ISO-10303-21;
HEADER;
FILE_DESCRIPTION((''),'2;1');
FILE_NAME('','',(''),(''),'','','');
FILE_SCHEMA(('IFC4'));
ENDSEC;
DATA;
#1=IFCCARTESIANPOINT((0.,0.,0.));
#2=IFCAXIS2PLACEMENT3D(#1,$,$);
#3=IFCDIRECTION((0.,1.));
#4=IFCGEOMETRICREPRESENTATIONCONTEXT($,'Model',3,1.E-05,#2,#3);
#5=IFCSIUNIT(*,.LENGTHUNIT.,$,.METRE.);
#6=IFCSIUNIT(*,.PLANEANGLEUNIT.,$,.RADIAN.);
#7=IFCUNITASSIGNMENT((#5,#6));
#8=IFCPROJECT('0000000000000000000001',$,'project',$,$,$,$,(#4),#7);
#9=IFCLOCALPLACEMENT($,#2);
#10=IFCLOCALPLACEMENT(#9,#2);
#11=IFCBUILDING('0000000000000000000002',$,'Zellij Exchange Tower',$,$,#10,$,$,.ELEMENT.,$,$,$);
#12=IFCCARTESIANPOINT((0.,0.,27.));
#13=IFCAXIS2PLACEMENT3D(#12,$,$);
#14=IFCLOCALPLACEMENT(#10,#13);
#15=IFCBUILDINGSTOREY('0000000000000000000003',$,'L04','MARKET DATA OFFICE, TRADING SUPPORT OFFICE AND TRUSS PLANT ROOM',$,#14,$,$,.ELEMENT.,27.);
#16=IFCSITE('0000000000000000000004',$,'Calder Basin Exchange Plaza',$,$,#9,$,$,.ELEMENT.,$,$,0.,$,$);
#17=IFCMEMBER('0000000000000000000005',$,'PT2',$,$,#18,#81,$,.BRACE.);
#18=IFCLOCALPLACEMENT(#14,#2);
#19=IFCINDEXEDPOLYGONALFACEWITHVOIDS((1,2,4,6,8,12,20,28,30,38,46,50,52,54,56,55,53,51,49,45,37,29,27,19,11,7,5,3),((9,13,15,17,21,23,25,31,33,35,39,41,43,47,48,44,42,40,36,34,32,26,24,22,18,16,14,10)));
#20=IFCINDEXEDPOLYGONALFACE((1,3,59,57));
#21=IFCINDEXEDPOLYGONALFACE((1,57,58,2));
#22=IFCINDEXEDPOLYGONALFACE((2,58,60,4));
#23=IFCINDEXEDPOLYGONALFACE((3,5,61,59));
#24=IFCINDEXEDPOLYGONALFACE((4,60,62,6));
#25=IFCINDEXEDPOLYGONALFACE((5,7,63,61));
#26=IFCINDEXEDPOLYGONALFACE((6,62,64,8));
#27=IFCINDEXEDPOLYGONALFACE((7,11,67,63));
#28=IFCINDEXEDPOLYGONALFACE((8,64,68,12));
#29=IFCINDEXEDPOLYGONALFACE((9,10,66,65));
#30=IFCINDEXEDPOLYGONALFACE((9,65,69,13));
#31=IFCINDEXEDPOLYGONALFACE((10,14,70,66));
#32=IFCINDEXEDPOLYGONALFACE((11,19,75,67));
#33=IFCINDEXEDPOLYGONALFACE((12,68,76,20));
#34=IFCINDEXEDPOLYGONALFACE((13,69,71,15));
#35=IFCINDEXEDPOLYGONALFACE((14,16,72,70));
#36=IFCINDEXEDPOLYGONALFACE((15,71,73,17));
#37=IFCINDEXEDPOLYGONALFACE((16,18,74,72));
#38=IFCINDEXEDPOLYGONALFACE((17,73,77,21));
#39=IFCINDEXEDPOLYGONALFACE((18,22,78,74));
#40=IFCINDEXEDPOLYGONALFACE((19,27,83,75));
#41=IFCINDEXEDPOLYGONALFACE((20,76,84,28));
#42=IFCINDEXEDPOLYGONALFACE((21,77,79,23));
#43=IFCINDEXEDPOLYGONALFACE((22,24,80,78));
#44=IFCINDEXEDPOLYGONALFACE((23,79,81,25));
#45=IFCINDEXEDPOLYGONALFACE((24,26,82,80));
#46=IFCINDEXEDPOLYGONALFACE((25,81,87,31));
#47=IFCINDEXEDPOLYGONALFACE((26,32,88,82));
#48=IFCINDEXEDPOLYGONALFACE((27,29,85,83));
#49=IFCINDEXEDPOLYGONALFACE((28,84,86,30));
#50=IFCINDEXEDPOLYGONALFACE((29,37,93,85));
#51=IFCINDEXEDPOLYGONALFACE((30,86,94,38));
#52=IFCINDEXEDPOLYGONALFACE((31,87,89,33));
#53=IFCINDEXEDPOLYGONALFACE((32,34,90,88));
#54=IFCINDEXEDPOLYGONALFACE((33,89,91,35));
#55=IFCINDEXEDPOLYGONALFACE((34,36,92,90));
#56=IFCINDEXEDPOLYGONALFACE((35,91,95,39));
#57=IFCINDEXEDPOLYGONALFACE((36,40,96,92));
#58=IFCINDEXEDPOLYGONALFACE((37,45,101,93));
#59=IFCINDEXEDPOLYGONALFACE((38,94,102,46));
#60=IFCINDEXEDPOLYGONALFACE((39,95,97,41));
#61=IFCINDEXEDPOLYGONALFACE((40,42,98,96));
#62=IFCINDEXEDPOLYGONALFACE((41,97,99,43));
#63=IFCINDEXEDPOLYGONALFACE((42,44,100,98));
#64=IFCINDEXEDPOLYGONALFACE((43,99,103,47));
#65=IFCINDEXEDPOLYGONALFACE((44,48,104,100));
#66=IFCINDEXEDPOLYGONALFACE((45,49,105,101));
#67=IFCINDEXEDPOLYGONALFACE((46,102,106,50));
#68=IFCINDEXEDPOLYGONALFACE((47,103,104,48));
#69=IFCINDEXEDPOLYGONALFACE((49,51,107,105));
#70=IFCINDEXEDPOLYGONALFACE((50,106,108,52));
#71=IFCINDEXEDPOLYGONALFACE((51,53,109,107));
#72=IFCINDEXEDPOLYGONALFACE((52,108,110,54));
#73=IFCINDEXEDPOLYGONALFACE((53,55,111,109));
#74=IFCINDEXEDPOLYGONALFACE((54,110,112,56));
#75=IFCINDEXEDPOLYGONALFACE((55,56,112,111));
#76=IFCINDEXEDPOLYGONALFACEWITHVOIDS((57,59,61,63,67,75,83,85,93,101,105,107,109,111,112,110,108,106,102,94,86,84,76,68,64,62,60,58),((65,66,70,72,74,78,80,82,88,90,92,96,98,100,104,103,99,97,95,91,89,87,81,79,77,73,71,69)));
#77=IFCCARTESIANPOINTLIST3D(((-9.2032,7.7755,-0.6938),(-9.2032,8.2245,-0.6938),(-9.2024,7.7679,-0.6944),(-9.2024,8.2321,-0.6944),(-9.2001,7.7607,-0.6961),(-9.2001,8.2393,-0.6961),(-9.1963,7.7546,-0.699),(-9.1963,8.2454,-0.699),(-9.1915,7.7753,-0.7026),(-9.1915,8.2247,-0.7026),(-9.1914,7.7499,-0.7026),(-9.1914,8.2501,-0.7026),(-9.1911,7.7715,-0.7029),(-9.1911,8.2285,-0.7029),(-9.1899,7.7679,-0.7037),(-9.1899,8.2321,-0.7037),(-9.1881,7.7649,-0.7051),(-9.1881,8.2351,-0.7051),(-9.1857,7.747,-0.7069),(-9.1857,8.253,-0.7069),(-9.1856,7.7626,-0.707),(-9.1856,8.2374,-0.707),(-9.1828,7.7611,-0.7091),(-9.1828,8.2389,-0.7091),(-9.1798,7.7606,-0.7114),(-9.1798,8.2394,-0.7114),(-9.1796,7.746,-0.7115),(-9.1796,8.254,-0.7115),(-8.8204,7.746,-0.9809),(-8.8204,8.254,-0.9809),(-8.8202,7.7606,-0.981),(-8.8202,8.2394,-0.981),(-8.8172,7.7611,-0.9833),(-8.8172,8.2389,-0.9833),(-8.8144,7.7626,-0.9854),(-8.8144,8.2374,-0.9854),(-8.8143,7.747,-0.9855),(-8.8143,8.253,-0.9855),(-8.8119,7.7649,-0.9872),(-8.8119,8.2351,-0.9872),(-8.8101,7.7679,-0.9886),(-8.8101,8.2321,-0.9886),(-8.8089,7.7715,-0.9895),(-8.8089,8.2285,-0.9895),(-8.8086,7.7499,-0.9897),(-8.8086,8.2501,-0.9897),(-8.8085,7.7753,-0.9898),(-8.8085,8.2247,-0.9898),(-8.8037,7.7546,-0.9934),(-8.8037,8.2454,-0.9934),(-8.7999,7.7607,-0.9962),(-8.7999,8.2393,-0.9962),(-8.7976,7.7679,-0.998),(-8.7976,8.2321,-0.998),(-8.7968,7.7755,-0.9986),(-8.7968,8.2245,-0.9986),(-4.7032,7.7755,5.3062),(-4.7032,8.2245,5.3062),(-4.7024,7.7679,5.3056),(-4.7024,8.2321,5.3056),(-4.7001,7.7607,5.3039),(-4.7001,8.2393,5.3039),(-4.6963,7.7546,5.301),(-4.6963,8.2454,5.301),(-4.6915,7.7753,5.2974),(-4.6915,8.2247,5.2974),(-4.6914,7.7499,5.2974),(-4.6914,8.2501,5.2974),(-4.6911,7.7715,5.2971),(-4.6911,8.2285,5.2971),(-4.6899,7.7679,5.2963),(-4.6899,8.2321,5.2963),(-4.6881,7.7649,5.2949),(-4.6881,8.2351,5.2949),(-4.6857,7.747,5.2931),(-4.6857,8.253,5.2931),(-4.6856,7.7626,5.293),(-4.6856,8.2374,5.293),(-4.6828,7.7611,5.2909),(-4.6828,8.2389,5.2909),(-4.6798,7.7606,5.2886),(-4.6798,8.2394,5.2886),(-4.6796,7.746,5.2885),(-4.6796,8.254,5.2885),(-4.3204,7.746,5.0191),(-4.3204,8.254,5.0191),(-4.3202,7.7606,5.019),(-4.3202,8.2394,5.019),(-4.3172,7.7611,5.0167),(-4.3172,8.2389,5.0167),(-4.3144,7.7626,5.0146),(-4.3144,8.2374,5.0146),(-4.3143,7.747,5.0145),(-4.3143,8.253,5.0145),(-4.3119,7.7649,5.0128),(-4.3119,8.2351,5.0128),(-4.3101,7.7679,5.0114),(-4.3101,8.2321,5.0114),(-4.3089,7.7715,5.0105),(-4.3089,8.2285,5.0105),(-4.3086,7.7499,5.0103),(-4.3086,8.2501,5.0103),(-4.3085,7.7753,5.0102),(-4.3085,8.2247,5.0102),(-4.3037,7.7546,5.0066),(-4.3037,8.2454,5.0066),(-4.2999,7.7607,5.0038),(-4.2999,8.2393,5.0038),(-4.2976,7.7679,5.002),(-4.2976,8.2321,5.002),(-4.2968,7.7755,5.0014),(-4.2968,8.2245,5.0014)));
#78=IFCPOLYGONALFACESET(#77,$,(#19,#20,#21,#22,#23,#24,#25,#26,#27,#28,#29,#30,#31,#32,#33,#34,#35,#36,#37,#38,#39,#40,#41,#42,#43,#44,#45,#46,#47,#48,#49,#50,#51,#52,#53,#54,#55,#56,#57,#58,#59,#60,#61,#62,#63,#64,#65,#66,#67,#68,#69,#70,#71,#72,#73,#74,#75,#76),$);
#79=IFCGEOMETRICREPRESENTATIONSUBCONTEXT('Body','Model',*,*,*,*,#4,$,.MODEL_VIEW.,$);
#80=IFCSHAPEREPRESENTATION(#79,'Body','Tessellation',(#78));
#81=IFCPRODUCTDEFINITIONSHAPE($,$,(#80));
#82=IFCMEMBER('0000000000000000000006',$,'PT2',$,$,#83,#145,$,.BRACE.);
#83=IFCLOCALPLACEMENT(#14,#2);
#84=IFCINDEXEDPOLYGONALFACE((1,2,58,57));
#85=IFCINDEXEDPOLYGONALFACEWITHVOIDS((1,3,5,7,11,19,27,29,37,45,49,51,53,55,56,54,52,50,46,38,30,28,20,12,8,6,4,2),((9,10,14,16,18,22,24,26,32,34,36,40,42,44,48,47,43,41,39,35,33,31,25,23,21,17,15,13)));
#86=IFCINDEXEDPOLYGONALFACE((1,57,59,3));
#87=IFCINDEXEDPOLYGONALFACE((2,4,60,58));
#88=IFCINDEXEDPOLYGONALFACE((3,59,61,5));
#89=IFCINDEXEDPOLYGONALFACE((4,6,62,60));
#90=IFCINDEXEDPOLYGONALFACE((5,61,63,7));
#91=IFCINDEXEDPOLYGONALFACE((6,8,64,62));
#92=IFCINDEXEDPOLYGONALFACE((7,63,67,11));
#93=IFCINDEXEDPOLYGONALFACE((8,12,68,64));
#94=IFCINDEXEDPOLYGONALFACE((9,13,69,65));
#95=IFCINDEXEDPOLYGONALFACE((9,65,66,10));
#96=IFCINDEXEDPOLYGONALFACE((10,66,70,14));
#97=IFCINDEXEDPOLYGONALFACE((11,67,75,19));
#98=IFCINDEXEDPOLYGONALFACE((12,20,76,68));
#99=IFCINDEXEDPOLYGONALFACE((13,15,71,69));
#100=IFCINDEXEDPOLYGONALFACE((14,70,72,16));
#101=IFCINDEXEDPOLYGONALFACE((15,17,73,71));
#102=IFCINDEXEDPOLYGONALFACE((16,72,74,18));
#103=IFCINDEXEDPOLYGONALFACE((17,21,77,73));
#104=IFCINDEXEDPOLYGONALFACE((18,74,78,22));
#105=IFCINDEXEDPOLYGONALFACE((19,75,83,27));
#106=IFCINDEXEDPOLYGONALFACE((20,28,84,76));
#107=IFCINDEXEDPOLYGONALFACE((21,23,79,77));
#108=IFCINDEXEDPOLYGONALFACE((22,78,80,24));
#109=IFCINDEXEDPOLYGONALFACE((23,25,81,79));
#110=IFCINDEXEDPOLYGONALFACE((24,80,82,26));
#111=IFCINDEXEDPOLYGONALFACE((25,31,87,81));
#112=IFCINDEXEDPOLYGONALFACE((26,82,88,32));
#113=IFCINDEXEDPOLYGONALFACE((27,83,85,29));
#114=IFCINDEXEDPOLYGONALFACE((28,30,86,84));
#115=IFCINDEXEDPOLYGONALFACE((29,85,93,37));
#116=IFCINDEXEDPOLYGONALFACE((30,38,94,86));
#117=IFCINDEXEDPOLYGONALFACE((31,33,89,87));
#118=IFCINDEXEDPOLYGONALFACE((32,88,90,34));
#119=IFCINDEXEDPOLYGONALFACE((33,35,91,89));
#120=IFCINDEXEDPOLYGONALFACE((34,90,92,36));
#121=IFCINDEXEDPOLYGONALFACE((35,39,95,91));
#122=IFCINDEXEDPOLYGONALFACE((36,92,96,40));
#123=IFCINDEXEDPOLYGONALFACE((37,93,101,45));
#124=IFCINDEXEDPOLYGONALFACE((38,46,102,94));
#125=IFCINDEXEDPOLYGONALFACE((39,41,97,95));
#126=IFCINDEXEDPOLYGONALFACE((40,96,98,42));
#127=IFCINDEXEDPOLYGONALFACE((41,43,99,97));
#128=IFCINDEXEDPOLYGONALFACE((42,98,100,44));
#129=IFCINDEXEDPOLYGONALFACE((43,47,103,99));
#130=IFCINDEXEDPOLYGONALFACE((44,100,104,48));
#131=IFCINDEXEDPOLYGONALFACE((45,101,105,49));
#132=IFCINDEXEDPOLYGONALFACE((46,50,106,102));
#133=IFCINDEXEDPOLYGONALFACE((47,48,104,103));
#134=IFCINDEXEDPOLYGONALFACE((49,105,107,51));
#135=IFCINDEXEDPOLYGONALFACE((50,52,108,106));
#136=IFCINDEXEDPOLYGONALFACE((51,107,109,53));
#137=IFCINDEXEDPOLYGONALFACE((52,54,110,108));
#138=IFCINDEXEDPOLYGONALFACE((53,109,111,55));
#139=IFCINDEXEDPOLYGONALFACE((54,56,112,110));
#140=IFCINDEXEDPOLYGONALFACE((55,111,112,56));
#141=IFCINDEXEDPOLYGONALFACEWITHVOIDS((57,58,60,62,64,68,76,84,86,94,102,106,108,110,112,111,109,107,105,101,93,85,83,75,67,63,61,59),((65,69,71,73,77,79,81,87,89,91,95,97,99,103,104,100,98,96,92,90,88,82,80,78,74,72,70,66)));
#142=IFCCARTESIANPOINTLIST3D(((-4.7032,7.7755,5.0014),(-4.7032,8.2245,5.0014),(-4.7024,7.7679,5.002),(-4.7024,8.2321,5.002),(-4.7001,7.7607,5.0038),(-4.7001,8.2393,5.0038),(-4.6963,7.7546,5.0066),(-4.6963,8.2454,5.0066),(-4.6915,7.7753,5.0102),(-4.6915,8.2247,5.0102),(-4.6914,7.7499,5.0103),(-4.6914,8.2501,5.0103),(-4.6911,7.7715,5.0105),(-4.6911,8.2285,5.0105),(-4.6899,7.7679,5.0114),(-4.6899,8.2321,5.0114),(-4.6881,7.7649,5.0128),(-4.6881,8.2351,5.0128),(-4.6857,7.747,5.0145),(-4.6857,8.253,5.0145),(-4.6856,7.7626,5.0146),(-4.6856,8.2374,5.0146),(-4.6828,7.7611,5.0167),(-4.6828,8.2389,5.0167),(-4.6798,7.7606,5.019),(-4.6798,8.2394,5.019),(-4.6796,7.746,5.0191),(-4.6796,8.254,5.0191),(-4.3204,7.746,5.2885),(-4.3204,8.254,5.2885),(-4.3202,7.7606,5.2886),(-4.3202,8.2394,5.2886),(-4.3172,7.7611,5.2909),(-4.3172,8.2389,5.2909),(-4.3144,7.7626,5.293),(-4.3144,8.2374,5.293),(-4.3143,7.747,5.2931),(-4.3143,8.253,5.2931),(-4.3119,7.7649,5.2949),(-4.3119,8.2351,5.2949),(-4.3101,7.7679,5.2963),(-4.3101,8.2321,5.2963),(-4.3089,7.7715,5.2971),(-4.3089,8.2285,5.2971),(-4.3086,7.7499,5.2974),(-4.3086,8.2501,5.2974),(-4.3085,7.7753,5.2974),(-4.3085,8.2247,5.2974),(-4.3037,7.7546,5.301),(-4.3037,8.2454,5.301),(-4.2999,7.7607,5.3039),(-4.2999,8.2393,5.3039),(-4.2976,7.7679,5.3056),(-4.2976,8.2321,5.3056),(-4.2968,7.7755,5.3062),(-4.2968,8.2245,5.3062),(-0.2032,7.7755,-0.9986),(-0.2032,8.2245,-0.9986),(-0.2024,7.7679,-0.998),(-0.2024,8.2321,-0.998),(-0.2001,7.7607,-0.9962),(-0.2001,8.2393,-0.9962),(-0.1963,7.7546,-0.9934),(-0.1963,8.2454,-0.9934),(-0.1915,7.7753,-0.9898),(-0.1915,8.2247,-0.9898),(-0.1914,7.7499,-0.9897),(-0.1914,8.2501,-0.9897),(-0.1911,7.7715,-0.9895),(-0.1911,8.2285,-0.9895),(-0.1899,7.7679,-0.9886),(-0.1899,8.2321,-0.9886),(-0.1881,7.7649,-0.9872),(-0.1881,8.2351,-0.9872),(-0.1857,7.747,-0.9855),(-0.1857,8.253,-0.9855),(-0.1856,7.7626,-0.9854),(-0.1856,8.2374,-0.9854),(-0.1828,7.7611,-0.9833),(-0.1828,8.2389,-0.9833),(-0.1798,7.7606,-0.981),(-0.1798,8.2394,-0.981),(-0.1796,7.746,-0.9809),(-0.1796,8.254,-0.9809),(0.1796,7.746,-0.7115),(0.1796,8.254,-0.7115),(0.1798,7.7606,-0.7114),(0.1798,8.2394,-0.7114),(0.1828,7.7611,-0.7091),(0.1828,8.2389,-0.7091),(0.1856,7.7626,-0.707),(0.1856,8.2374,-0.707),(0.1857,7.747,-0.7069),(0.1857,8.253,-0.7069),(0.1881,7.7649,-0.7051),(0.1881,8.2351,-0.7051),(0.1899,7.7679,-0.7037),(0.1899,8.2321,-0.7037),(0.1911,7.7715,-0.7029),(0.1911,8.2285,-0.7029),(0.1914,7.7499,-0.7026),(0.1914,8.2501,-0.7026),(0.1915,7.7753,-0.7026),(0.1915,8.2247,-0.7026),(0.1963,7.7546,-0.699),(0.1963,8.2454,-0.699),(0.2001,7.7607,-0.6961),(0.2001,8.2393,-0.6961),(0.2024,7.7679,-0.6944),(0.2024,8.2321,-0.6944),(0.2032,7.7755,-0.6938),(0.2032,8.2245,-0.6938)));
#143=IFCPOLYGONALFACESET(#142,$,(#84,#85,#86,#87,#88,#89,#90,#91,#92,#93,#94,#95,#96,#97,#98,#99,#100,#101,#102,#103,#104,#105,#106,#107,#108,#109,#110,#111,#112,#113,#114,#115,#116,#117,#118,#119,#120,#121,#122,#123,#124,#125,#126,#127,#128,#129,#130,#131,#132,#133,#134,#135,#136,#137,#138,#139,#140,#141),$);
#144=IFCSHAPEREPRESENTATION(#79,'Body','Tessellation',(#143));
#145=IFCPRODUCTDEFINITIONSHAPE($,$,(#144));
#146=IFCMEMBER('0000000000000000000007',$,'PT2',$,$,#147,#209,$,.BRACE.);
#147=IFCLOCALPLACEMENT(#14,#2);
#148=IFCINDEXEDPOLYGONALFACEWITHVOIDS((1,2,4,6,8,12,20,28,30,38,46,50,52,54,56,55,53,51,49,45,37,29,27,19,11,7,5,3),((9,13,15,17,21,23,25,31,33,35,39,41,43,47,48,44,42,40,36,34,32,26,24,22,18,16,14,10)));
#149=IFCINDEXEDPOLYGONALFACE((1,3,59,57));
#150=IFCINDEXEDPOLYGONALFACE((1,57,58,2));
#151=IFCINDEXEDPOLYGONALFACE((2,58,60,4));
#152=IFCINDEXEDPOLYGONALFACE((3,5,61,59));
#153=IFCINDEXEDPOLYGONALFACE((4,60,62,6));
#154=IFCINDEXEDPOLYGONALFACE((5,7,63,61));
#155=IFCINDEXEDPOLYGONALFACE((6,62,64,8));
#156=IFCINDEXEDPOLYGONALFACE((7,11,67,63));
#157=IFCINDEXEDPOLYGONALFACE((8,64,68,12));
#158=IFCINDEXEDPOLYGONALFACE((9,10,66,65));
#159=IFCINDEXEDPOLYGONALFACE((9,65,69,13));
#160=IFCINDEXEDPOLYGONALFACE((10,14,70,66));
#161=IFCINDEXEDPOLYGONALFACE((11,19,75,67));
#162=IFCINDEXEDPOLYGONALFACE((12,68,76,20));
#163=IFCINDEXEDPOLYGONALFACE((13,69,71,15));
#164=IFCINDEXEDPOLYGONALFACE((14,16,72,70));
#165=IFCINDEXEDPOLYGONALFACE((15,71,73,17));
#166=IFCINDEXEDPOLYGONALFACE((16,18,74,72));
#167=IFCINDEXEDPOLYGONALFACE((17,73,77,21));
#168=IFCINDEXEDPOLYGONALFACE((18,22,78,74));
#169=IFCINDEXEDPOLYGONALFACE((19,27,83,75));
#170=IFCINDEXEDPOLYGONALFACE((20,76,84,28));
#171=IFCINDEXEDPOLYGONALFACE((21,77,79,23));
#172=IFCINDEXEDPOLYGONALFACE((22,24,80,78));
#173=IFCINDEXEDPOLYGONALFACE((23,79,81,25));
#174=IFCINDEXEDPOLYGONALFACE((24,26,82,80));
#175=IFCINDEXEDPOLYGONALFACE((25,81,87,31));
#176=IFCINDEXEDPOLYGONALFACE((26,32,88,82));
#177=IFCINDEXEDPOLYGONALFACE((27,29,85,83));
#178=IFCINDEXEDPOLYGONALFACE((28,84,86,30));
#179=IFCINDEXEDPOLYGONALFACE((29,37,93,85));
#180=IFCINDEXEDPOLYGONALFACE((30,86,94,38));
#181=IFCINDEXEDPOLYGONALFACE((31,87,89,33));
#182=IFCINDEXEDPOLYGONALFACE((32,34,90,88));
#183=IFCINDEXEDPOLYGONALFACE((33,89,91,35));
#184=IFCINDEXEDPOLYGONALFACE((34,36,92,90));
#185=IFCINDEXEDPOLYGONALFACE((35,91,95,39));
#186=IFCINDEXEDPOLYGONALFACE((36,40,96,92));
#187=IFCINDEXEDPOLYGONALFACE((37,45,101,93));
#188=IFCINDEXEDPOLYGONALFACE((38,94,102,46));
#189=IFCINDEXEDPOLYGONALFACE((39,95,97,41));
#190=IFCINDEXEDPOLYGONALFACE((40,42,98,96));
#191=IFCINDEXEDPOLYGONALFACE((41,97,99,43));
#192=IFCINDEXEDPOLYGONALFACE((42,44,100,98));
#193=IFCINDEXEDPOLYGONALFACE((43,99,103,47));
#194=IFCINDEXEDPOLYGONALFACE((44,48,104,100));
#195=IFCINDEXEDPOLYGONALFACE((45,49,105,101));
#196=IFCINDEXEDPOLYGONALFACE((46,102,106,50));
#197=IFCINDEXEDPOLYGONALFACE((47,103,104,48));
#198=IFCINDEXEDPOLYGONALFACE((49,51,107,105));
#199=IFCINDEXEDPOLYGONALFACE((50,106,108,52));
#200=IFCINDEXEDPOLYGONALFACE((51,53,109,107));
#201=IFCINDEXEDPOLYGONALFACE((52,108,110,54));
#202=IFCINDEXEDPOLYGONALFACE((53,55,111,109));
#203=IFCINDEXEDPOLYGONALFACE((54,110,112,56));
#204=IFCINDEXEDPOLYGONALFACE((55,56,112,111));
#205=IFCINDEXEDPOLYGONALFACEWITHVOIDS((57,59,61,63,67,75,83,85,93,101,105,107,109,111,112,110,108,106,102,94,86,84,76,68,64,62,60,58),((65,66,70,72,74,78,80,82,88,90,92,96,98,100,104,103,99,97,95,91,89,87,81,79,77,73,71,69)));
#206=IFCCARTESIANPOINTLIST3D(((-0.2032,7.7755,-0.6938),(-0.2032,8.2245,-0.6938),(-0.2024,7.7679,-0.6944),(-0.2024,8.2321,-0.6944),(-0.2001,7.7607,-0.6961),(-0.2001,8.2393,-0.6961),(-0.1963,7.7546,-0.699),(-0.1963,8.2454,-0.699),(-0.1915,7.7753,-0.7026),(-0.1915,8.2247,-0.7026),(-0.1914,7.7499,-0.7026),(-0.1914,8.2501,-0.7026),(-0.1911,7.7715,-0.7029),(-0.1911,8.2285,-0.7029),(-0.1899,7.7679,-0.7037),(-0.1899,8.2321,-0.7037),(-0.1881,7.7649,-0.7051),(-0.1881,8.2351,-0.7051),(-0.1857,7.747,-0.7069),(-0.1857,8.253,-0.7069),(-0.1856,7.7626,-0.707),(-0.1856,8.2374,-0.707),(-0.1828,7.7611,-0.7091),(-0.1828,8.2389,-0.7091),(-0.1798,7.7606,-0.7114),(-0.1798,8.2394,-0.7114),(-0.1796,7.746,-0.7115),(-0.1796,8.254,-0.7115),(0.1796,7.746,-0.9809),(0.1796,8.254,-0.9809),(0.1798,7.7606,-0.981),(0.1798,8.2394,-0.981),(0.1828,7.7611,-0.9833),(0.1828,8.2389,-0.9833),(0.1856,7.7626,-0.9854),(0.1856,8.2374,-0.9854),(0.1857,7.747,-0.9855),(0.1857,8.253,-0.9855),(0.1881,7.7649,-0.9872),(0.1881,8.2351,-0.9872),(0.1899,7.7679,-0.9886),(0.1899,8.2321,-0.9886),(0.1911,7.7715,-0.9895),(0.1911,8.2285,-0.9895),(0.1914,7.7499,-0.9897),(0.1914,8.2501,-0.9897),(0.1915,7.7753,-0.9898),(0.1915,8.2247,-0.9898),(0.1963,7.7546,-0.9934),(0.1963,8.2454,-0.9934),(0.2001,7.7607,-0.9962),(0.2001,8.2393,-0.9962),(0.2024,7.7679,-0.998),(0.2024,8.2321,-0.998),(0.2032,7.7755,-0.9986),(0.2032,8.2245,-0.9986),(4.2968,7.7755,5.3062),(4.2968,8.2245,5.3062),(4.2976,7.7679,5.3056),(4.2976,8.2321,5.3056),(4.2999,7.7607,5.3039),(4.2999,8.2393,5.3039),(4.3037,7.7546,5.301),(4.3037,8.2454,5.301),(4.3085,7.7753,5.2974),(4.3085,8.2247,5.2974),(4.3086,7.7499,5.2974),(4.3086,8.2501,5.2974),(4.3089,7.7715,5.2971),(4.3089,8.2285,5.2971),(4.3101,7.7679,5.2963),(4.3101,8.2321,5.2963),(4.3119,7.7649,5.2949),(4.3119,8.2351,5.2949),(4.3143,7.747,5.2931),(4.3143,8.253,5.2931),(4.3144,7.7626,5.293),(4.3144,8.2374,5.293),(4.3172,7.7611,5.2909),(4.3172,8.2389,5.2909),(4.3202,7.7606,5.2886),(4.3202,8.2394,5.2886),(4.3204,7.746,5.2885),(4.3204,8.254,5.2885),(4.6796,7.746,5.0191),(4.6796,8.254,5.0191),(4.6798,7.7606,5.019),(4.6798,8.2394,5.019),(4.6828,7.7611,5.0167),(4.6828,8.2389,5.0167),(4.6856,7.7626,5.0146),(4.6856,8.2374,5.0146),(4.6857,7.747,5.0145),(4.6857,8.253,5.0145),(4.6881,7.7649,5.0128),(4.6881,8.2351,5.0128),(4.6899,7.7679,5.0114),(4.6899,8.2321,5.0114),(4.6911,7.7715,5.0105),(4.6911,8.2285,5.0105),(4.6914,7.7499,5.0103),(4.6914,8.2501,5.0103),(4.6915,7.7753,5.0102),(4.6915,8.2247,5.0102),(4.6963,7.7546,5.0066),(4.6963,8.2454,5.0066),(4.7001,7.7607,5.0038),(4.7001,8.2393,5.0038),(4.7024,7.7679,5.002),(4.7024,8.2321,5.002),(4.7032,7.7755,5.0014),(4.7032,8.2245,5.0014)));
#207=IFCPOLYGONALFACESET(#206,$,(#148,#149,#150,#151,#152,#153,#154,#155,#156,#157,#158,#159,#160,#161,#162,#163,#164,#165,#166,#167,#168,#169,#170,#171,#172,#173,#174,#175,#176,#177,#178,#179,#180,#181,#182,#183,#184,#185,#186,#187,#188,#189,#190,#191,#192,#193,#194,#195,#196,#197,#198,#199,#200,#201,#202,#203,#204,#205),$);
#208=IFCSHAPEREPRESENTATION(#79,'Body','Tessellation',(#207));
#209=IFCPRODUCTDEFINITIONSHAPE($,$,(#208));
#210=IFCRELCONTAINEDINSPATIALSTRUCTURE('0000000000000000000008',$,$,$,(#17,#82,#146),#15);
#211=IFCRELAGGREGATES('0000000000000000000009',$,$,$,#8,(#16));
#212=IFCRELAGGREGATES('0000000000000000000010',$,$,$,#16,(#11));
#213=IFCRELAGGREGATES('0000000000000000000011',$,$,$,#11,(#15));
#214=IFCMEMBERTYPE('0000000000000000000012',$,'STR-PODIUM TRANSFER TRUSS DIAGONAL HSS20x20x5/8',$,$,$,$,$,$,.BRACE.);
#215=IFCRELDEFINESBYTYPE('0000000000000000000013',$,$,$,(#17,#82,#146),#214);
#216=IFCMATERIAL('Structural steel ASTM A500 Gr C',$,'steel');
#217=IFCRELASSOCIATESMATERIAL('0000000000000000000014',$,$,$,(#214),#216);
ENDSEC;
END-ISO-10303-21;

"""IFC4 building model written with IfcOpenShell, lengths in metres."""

from ifc_helpers import new_model, si_unit, direction, frame, origin, origin_2d, place, context, subcontext, project, spatial, hollow_rectangle, extrude, material, material_profile, profile_set, type_object, element, save


model = new_model("IFC4")

# Units and contexts
model_context = context("Model", 3, precision=1e-05, world=origin(), true_north=direction((0.0, 1.0)))
body_context = subcontext(model_context, "Body", "Model", "MODEL_VIEW")
ifc_project = project(units=[si_unit("LENGTHUNIT", "METRE"), si_unit("PLANEANGLEUNIT", "RADIAN")], contexts=[model_context])

# Site, building, storey
site_placement = place(None, origin())
site = spatial("IfcSite", under=ifc_project, at=site_placement, Name="Calder Basin Exchange Plaza", CompositionType="ELEMENT", RefElevation=0.0)
building_placement = place(site_placement, origin())
building = spatial("IfcBuilding", under=site, at=building_placement, Name="Zellij Exchange Tower", CompositionType="ELEMENT")
storey_placement = place(building_placement, frame((0.0, 0.0, 27.0)))
storey = spatial("IfcBuildingStorey", under=building, at=storey_placement, Name="L04", Description="MARKET DATA OFFICE, TRADING SUPPORT OFFICE AND TRUSS PLANT ROOM", CompositionType="ELEMENT", Elevation=27.0)

# Members
ifc_material_1 = material(Name="Structural steel ASTM A500 Gr C", Category="steel")
ifc_material_profile_1 = material_profile(ifc_material_1, hollow_rectangle(XDim=0.5081, YDim=0.5081, WallThickness=0.0146, InnerFilletRadius=0.0146, OuterFilletRadius=0.0295, at=origin_2d()), Name="STR-PODIUM TRANSFER TRUSS DIAGONAL HSS20x20x5/8")
ifc_profile_set_1 = profile_set([ifc_material_profile_1], Name="Structural steel ASTM A500 Gr C")
member_type_1 = type_object("IfcMemberType", Name="STR-PODIUM TRANSFER TRUSS DIAGONAL HSS20x20x5/8", PredefinedType="BRACE", material=ifc_profile_set_1)
for number, where, z_axis, x_axis, name in (
    (1, (-9.0, 8.0, -0.8462), (0.6, 0.0, 0.8), (0.0, 1.0, 0.0), "PT2"),
    (2, (-4.5, 8.0, 5.1538), (0.6, 0.0, -0.8), (0.0, 1.0, 0.0), "PT2"),
    (3, (0.0, 8.0, -0.8462), (0.6, 0.0, 0.8), (0.0, 1.0, 0.0), "PT2"),
):
    element("IfcMember", number, at=place(storey_placement, frame(where, z_axis=z_axis, x_axis=x_axis)), inside=storey, type_object=member_type_1, Name=name, PredefinedType="BRACE", context=body_context, shape_type="SweptSolid", body=[
        extrude(hollow_rectangle(XDim=0.5081, YDim=0.5081, WallThickness=0.0146, InnerFilletRadius=0.0146, OuterFilletRadius=0.0295, at=origin_2d()), origin(), (0.0, 0.0, 1.0), 7.5),
    ])

save(model, "model.ifc")
